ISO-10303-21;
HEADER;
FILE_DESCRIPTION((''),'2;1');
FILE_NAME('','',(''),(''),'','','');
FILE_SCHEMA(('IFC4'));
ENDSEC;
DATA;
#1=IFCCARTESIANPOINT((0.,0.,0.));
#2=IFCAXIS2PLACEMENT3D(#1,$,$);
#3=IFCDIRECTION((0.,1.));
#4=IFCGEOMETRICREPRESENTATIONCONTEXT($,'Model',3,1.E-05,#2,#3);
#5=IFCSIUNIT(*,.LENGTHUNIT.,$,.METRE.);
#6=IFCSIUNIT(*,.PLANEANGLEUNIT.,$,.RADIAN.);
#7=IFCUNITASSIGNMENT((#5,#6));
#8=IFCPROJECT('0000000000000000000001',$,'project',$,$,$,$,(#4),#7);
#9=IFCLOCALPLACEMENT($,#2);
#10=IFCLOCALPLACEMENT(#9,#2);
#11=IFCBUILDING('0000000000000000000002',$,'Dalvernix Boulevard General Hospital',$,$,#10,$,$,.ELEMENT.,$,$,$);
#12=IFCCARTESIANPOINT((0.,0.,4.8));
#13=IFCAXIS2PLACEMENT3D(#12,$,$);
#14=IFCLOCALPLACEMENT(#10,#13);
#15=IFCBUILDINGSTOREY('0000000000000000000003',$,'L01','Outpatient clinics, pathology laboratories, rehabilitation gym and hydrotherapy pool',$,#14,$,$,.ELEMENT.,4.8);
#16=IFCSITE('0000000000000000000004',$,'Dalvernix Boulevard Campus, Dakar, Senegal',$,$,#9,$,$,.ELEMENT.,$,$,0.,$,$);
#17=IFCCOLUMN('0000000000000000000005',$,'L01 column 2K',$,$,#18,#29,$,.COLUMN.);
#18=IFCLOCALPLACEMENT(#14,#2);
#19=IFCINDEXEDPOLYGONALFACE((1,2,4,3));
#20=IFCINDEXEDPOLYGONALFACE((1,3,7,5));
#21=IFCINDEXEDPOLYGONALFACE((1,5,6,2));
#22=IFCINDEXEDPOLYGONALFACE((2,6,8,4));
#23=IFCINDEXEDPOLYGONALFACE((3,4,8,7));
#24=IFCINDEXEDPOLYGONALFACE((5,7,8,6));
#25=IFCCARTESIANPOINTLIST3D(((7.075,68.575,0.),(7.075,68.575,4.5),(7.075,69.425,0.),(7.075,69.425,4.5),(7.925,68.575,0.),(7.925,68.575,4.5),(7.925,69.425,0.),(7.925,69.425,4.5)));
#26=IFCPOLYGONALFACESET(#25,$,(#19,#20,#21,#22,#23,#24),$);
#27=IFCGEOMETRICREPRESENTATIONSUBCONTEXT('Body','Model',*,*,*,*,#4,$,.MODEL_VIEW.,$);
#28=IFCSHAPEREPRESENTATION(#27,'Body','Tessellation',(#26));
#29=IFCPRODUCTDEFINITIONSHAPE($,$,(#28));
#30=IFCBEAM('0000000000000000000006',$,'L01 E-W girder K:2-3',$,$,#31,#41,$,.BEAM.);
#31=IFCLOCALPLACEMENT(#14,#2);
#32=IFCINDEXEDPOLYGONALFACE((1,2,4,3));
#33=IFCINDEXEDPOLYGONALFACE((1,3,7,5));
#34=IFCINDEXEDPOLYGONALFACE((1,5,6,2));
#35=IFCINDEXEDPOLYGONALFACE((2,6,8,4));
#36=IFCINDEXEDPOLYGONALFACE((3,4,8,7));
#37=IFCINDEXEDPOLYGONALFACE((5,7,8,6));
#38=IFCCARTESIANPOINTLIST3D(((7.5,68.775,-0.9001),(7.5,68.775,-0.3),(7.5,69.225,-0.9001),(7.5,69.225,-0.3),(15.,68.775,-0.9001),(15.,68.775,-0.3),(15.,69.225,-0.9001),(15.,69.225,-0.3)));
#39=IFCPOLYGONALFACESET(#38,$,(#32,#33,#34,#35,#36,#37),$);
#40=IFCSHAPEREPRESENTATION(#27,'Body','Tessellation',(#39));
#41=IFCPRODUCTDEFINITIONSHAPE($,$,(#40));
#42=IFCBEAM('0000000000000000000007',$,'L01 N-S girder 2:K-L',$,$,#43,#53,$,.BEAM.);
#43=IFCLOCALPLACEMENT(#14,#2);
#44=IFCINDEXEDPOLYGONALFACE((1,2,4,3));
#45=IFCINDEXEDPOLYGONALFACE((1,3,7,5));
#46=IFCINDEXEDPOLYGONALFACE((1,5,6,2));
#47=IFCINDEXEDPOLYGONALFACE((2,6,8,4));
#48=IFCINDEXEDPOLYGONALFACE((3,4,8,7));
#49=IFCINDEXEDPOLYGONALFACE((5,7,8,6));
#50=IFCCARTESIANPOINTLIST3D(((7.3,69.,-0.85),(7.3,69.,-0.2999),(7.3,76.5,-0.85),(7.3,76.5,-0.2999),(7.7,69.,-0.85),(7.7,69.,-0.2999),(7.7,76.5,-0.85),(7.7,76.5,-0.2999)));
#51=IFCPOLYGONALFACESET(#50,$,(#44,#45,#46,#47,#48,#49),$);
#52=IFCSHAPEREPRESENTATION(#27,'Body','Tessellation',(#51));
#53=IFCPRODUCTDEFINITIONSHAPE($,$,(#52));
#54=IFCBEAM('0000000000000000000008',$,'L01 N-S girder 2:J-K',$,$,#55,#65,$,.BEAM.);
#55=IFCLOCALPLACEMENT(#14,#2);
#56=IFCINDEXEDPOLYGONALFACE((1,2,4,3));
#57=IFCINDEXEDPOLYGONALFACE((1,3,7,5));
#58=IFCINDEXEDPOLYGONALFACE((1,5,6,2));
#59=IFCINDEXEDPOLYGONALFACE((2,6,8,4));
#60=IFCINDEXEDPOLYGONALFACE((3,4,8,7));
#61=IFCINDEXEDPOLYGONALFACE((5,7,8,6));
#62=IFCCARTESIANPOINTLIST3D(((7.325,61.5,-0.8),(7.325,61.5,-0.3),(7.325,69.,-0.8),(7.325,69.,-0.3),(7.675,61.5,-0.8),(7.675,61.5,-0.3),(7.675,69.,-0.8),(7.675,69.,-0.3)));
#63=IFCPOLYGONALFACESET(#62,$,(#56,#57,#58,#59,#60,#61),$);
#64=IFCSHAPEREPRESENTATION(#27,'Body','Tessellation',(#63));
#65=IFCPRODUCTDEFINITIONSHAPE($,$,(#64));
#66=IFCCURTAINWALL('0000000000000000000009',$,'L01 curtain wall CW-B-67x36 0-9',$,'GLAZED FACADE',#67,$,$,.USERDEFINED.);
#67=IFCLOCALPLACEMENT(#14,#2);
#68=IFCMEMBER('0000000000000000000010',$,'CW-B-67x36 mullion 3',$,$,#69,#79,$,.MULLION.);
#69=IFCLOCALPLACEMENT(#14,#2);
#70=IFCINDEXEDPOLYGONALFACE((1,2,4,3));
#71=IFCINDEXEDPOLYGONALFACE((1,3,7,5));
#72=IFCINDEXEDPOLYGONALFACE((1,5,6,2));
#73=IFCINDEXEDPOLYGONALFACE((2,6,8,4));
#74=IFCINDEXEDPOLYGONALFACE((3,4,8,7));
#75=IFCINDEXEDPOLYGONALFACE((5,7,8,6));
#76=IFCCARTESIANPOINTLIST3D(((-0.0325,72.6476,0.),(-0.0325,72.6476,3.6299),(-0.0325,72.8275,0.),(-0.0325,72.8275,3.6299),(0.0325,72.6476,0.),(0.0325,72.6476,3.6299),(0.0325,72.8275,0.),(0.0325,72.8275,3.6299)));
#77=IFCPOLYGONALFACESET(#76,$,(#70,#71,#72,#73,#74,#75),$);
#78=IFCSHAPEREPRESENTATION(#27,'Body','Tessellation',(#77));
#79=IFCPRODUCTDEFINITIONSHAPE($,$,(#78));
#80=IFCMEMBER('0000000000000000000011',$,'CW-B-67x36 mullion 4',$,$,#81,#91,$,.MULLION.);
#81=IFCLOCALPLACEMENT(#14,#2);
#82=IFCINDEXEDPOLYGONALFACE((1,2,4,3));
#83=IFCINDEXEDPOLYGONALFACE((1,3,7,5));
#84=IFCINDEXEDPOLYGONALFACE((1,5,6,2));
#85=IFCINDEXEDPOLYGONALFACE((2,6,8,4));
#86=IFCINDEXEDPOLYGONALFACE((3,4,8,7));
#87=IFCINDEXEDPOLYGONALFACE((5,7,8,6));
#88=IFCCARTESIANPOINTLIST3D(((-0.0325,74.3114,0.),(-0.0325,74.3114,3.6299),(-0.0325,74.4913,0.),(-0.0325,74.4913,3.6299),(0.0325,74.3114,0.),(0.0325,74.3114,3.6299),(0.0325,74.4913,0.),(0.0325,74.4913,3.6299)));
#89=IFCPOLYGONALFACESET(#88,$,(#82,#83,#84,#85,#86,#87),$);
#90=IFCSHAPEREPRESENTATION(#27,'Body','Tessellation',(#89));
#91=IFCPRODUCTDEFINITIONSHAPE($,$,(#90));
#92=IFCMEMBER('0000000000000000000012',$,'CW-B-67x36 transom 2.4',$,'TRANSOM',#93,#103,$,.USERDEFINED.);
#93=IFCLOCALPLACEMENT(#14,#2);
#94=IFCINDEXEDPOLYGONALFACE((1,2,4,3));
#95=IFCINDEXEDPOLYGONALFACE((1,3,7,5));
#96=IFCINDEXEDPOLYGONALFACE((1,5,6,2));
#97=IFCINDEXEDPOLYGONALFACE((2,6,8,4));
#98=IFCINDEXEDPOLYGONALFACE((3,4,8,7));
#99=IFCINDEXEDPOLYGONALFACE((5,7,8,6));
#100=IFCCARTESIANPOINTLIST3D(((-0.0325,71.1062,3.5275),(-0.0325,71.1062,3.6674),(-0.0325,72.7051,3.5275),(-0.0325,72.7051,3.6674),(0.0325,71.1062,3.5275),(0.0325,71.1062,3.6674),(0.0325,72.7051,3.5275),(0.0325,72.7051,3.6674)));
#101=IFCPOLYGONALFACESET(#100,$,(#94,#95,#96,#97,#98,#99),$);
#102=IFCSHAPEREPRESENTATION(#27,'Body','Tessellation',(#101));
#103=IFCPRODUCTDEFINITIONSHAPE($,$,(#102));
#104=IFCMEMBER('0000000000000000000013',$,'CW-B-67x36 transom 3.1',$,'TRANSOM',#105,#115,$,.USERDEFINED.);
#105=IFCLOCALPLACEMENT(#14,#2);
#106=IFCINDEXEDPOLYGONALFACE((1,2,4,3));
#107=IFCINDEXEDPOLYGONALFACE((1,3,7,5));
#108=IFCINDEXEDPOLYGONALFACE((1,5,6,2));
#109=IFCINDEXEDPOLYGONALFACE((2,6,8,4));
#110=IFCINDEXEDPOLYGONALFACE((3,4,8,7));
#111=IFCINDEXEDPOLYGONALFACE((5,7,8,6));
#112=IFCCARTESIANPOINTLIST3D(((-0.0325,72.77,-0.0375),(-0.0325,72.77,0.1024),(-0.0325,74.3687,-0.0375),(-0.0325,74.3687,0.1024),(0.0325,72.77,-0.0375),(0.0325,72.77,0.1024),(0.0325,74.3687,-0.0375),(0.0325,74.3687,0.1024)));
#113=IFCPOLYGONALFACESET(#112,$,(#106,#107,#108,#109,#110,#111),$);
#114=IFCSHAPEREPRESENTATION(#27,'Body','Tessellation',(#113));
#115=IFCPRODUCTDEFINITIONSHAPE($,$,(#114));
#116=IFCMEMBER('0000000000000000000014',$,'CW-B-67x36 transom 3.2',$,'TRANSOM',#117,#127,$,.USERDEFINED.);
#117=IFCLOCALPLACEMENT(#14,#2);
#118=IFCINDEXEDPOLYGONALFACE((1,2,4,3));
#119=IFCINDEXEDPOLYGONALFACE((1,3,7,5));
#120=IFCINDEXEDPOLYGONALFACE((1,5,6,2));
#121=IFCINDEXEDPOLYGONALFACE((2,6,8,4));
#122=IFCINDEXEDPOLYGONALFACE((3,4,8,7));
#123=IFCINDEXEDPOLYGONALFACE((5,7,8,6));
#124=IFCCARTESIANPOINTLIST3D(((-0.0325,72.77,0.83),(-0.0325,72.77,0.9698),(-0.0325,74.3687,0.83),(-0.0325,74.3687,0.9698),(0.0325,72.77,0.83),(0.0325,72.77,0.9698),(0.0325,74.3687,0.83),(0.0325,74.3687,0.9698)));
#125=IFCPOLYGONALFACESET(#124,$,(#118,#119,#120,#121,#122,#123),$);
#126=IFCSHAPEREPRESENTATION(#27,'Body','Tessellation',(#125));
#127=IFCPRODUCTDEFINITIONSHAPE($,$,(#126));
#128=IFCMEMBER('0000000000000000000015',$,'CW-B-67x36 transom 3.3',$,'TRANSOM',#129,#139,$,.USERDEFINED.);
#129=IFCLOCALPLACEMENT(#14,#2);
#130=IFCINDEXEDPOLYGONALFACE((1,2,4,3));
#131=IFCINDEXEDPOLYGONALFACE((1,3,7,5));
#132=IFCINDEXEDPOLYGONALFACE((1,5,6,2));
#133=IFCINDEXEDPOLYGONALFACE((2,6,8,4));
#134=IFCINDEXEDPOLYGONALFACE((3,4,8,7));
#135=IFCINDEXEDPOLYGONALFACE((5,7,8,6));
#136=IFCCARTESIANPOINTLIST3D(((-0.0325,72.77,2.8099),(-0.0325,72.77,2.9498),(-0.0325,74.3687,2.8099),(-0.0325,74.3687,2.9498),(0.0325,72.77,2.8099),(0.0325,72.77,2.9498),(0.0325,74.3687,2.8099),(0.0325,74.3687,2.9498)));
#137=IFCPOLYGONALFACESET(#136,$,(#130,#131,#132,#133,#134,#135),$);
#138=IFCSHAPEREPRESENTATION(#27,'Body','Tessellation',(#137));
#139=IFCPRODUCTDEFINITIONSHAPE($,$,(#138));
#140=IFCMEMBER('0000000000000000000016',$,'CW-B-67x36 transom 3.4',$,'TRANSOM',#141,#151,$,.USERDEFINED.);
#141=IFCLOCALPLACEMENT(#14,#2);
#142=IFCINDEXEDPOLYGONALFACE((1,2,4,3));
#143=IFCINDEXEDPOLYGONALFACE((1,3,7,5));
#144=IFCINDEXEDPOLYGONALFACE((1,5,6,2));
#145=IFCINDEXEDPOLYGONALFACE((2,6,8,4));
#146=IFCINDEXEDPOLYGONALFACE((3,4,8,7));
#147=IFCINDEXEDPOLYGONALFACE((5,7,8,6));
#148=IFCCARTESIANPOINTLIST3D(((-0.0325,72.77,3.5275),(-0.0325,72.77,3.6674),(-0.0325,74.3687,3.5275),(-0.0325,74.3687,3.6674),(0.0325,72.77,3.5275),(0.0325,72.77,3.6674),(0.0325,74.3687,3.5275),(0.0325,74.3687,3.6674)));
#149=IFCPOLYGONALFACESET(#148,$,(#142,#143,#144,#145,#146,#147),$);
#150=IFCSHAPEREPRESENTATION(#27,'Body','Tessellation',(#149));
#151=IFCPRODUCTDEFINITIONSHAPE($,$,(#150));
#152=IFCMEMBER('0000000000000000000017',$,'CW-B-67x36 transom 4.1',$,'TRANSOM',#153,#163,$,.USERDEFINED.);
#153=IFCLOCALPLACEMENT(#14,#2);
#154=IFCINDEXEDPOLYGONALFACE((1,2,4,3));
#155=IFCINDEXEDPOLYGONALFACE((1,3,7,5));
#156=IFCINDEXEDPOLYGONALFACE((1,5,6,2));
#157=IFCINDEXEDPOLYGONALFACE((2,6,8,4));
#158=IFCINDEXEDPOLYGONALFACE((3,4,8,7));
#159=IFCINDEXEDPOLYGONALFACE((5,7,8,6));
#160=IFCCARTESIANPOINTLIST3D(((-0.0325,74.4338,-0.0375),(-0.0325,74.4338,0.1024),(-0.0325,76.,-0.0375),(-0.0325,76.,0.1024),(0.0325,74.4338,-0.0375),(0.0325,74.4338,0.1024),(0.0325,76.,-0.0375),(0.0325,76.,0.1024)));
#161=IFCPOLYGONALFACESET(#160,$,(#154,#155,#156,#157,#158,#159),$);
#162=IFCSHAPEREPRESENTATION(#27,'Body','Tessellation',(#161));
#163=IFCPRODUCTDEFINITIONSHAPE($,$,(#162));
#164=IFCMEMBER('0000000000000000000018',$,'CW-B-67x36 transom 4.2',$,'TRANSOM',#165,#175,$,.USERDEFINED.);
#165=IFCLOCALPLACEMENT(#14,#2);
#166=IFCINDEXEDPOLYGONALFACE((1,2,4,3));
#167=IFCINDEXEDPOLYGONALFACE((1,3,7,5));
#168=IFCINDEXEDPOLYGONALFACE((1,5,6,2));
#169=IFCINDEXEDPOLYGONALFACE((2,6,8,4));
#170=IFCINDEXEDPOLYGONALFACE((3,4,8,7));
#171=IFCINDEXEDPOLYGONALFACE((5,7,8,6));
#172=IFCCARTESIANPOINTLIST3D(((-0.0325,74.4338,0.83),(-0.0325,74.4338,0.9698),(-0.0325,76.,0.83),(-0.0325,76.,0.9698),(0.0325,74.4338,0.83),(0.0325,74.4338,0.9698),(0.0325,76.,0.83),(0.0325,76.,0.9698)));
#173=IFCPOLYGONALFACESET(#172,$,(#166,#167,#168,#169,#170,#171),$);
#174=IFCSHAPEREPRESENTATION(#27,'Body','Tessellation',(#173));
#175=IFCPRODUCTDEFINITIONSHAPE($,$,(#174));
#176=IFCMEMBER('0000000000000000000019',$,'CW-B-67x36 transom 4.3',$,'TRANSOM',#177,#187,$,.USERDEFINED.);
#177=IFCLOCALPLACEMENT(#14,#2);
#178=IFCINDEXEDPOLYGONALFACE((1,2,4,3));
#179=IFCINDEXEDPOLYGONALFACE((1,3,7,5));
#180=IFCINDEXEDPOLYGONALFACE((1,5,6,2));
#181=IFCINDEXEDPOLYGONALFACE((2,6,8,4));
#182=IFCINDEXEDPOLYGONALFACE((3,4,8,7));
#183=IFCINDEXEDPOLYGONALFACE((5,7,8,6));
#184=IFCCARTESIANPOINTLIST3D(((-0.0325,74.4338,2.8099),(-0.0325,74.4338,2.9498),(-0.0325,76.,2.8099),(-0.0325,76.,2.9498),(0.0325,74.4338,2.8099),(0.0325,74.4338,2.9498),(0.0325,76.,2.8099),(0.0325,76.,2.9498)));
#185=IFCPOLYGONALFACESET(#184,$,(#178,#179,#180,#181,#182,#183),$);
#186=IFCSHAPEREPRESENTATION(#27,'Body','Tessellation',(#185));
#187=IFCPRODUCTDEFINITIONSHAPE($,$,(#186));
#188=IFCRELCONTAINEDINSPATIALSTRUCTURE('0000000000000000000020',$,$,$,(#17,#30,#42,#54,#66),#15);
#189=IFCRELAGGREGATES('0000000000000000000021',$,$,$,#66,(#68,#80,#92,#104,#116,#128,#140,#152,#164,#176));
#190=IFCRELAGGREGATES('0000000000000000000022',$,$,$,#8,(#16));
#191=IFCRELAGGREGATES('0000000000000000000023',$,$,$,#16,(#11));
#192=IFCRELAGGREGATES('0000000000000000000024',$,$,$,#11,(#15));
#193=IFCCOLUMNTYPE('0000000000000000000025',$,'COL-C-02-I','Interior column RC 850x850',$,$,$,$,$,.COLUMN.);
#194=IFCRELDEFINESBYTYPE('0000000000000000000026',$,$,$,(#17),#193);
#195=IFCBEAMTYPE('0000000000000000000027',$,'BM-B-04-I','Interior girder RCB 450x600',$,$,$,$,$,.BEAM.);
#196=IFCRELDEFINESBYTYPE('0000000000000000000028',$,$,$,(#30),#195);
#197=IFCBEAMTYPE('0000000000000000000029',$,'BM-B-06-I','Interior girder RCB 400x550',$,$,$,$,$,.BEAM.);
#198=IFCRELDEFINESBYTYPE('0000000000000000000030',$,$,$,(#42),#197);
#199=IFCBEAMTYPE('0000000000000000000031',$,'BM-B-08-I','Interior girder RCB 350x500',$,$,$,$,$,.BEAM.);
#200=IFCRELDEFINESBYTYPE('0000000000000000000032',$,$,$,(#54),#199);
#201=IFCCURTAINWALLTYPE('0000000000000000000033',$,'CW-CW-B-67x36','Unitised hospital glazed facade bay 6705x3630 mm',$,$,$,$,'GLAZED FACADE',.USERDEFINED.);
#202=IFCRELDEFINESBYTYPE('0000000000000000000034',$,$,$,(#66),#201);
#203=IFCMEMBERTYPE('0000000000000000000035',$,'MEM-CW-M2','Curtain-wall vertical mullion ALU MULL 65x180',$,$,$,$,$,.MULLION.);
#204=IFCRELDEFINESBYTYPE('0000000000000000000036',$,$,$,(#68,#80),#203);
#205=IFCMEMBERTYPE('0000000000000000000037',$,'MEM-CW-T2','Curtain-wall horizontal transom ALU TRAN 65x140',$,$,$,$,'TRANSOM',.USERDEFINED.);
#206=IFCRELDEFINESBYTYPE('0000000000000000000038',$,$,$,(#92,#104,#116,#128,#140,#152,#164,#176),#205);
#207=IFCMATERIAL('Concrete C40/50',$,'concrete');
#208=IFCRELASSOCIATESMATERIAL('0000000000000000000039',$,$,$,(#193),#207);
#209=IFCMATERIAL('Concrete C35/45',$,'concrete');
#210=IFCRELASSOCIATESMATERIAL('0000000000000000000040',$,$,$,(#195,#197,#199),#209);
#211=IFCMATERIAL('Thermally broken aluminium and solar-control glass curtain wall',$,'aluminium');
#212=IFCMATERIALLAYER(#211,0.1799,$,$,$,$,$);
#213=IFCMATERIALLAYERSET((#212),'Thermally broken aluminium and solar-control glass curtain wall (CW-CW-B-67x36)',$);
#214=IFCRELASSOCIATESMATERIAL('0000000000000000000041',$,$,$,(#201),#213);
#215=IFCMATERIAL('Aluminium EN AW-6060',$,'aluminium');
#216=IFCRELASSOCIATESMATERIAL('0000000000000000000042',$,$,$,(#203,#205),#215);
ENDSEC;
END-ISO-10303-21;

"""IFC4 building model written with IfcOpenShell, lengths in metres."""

from ifc_helpers import new_model, si_unit, direction, frame, origin, origin_2d, place, context, subcontext, project, spatial, rectangle, extrude, material, layer, layer_set, material_profile, profile_set, type_object, element, aggregate, save


model = new_model("IFC4")

# Units and contexts
model_context = context("Model", 3, precision=1e-05, world=origin(), true_north=direction((0.0, 1.0)))
body_context = subcontext(model_context, "Body", "Model", "MODEL_VIEW")
ifc_project = project(units=[si_unit("LENGTHUNIT", "METRE"), si_unit("PLANEANGLEUNIT", "RADIAN")], contexts=[model_context])

# Site, building, storey
site_placement = place(None, origin())
site = spatial("IfcSite", under=ifc_project, at=site_placement, Name="Dalvernix Boulevard Campus, Dakar, Senegal", CompositionType="ELEMENT", RefElevation=0.0)
building_placement = place(site_placement, origin())
building = spatial("IfcBuilding", under=site, at=building_placement, Name="Dalvernix Boulevard General Hospital", CompositionType="ELEMENT")
storey_placement = place(building_placement, frame((0.0, 0.0, 4.8)))
storey = spatial("IfcBuildingStorey", under=building, at=storey_placement, Name="L01", Description="Outpatient clinics, pathology laboratories, rehabilitation gym and hydrotherapy pool", CompositionType="ELEMENT", Elevation=4.8)

# Column
ifc_material_1 = material(Name="Concrete C40/50", Category="concrete")
ifc_material_profile_1 = material_profile(ifc_material_1, rectangle(XDim=0.8501, YDim=0.8501, at=origin_2d()), Name="RC 850x850")
ifc_profile_set_1 = profile_set([ifc_material_profile_1], Name="Concrete C40/50")
column_type = type_object("IfcColumnType", Name="COL-C-02-I", Description="Interior column RC 850x850", PredefinedType="COLUMN", material=ifc_profile_set_1)
column_placement = place(storey_placement, frame((7.5, 69.0, 0.0), z_axis=(0.0, 0.0, 1.0), x_axis=(1.0, 0.0, 0.0)))
element("IfcColumn", 1, at=column_placement, inside=storey, type_object=column_type, Name="L01 column 2K", PredefinedType="COLUMN", context=body_context, shape_type="SweptSolid", body=[
    extrude(rectangle(XDim=0.8501, YDim=0.8501, at=origin_2d()), origin(), (0.0, 0.0, 1.0), 4.5),
])

# Beams
ifc_material_2 = material(Name="Concrete C35/45", Category="concrete")
ifc_material_profile_2 = material_profile(ifc_material_2, rectangle(XDim=0.45, YDim=0.6001, at=origin_2d()), Name="RCB 450x600")
ifc_profile_set_2 = profile_set([ifc_material_profile_2], Name="Concrete C35/45")
beam_type_1 = type_object("IfcBeamType", Name="BM-B-04-I", Description="Interior girder RCB 450x600", PredefinedType="BEAM", material=ifc_profile_set_2)
beam_1_placement = place(storey_placement, frame((7.5, 69.0, -0.6001), z_axis=(1.0, 0.0, 0.0), x_axis=(0.0, 1.0, 0.0)))
element("IfcBeam", 2, at=beam_1_placement, inside=storey, type_object=beam_type_1, Name="L01 E-W girder K:2-3", PredefinedType="BEAM", context=body_context, shape_type="SweptSolid", body=[
    extrude(rectangle(XDim=0.45, YDim=0.6001, at=origin_2d()), origin(), (0.0, 0.0, 1.0), 7.5),
])
ifc_material_profile_3 = material_profile(ifc_material_2, rectangle(XDim=0.3999, YDim=0.55, at=origin_2d()), Name="RCB 400x550")
ifc_profile_set_3 = profile_set([ifc_material_profile_3], Name="Concrete C35/45")
beam_type_2 = type_object("IfcBeamType", Name="BM-B-06-I", Description="Interior girder RCB 400x550", PredefinedType="BEAM", material=ifc_profile_set_3)
beam_2_placement = place(storey_placement, frame((7.5, 69.0, -0.575), z_axis=(0.0, 1.0, 0.0), x_axis=(-1.0, 0.0, 0.0)))
element("IfcBeam", 3, at=beam_2_placement, inside=storey, type_object=beam_type_2, Name="L01 N-S girder 2:K-L", PredefinedType="BEAM", context=body_context, shape_type="SweptSolid", body=[
    extrude(rectangle(XDim=0.3999, YDim=0.55, at=origin_2d()), origin(), (0.0, 0.0, 1.0), 7.5),
])
ifc_material_profile_4 = material_profile(ifc_material_2, rectangle(XDim=0.3501, YDim=0.5, at=origin_2d()), Name="RCB 350x500")
ifc_profile_set_4 = profile_set([ifc_material_profile_4], Name="Concrete C35/45")
beam_type_3 = type_object("IfcBeamType", Name="BM-B-08-I", Description="Interior girder RCB 350x500", PredefinedType="BEAM", material=ifc_profile_set_4)
beam_3_placement = place(storey_placement, frame((7.5, 61.5, -0.55), z_axis=(0.0, 1.0, 0.0), x_axis=(-1.0, 0.0, 0.0)))
element("IfcBeam", 4, at=beam_3_placement, inside=storey, type_object=beam_type_3, Name="L01 N-S girder 2:J-K", PredefinedType="BEAM", context=body_context, shape_type="SweptSolid", body=[
    extrude(rectangle(XDim=0.3501, YDim=0.5, at=origin_2d()), origin(), (0.0, 0.0, 1.0), 7.5),
])

# Curtain wall, members
ifc_material_3 = material(Name="Thermally broken aluminium and solar-control glass curtain wall", Category="aluminium")
ifc_layer_1 = layer(ifc_material_3, 0.1799)
ifc_layer_set_1 = layer_set([ifc_layer_1], Name="Thermally broken aluminium and solar-control glass curtain wall (CW-CW-B-67x36)")
curtain_wall_type = type_object("IfcCurtainWallType", Name="CW-CW-B-67x36", Description="Unitised hospital glazed facade bay 6705x3630 mm", ElementType="GLAZED FACADE", PredefinedType="USERDEFINED", material=ifc_layer_set_1)
curtain_wall_placement = place(storey_placement, origin())
curtain_wall = element("IfcCurtainWall", 5, at=curtain_wall_placement, inside=storey, type_object=curtain_wall_type, Name="L01 curtain wall CW-B-67x36 0-9", ObjectType="GLAZED FACADE", PredefinedType="USERDEFINED")
ifc_material_4 = material(Name="Aluminium EN AW-6060", Category="aluminium")
ifc_material_profile_5 = material_profile(ifc_material_4, rectangle(XDim=0.0649, YDim=0.1799, at=origin_2d()), Name="ALU MULL 65x180")
ifc_profile_set_5 = profile_set([ifc_material_profile_5], Name="Aluminium EN AW-6060")
member_type_1 = type_object("IfcMemberType", Name="MEM-CW-M2", Description="Curtain-wall vertical mullion ALU MULL 65x180", PredefinedType="MULLION", material=ifc_profile_set_5)
member_1_placement = place(storey_placement, frame((0.0, 72.7375, 0.0), z_axis=(0.0, 0.0, 1.0), x_axis=(-1.0, 0.0, 0.0)))
member_1 = element("IfcMember", 6, at=member_1_placement, type_object=member_type_1, Name="CW-B-67x36 mullion 3", PredefinedType="MULLION", context=body_context, shape_type="SweptSolid", body=[
    extrude(rectangle(XDim=0.0649, YDim=0.1799, at=origin_2d()), origin(), (0.0, 0.0, 1.0), 3.6299),
])
member_2_placement = place(storey_placement, frame((0.0, 74.4014, 0.0), z_axis=(0.0, 0.0, 1.0), x_axis=(-1.0, 0.0, 0.0)))
member_2 = element("IfcMember", 7, at=member_2_placement, type_object=member_type_1, Name="CW-B-67x36 mullion 4", PredefinedType="MULLION", context=body_context, shape_type="SweptSolid", body=[
    extrude(rectangle(XDim=0.0649, YDim=0.1799, at=origin_2d()), origin(), (0.0, 0.0, 1.0), 3.6299),
])
ifc_material_profile_6 = material_profile(ifc_material_4, rectangle(XDim=0.0649, YDim=0.1399, at=origin_2d()), Name="ALU TRAN 65x140")
ifc_profile_set_6 = profile_set([ifc_material_profile_6], Name="Aluminium EN AW-6060")
member_type_2 = type_object("IfcMemberType", Name="MEM-CW-T2", Description="Curtain-wall horizontal transom ALU TRAN 65x140", ElementType="TRANSOM", PredefinedType="USERDEFINED", material=ifc_profile_set_6)
member_3_placement = place(storey_placement, frame((0.0, 71.1062, 3.5974), z_axis=(0.0, 1.0, 0.0), x_axis=(-1.0, 0.0, 0.0)))
member_3 = element("IfcMember", 8, at=member_3_placement, type_object=member_type_2, Name="CW-B-67x36 transom 2.4", ObjectType="TRANSOM", PredefinedType="USERDEFINED", context=body_context, shape_type="SweptSolid", body=[
    extrude(rectangle(XDim=0.0649, YDim=0.1399, at=origin_2d()), origin(), (0.0, 0.0, 1.0), 1.5989),
])
member_4_placement = place(storey_placement, frame((0.0, 72.77, 0.0325), z_axis=(0.0, 1.0, 0.0), x_axis=(-1.0, 0.0, 0.0)))
member_4 = element("IfcMember", 9, at=member_4_placement, type_object=member_type_2, Name="CW-B-67x36 transom 3.1", ObjectType="TRANSOM", PredefinedType="USERDEFINED", context=body_context, shape_type="SweptSolid", body=[
    extrude(rectangle(XDim=0.0649, YDim=0.1399, at=origin_2d()), origin(), (0.0, 0.0, 1.0), 1.5986),
])
member_5_placement = place(storey_placement, frame((0.0, 72.77, 0.8999), z_axis=(0.0, 1.0, 0.0), x_axis=(-1.0, 0.0, 0.0)))
member_5 = element("IfcMember", 10, at=member_5_placement, type_object=member_type_2, Name="CW-B-67x36 transom 3.2", ObjectType="TRANSOM", PredefinedType="USERDEFINED", context=body_context, shape_type="SweptSolid", body=[
    extrude(rectangle(XDim=0.0649, YDim=0.1399, at=origin_2d()), origin(), (0.0, 0.0, 1.0), 1.5986),
])
member_6_placement = place(storey_placement, frame((0.0, 72.77, 2.8799), z_axis=(0.0, 1.0, 0.0), x_axis=(-1.0, 0.0, 0.0)))
member_6 = element("IfcMember", 11, at=member_6_placement, type_object=member_type_2, Name="CW-B-67x36 transom 3.3", ObjectType="TRANSOM", PredefinedType="USERDEFINED", context=body_context, shape_type="SweptSolid", body=[
    extrude(rectangle(XDim=0.0649, YDim=0.1399, at=origin_2d()), origin(), (0.0, 0.0, 1.0), 1.5986),
])
member_7_placement = place(storey_placement, frame((0.0, 72.77, 3.5974), z_axis=(0.0, 1.0, 0.0), x_axis=(-1.0, 0.0, 0.0)))
member_7 = element("IfcMember", 12, at=member_7_placement, type_object=member_type_2, Name="CW-B-67x36 transom 3.4", ObjectType="TRANSOM", PredefinedType="USERDEFINED", context=body_context, shape_type="SweptSolid", body=[
    extrude(rectangle(XDim=0.0649, YDim=0.1399, at=origin_2d()), origin(), (0.0, 0.0, 1.0), 1.5986),
])
member_8_placement = place(storey_placement, frame((0.0, 74.4338, 0.0325), z_axis=(0.0, 1.0, 0.0), x_axis=(-1.0, 0.0, 0.0)))
member_8 = element("IfcMember", 13, at=member_8_placement, type_object=member_type_2, Name="CW-B-67x36 transom 4.1", ObjectType="TRANSOM", PredefinedType="USERDEFINED", context=body_context, shape_type="SweptSolid", body=[
    extrude(rectangle(XDim=0.0649, YDim=0.1399, at=origin_2d()), origin(), (0.0, 0.0, 1.0), 1.5662),
])
member_9_placement = place(storey_placement, frame((0.0, 74.4338, 0.8999), z_axis=(0.0, 1.0, 0.0), x_axis=(-1.0, 0.0, 0.0)))
member_9 = element("IfcMember", 14, at=member_9_placement, type_object=member_type_2, Name="CW-B-67x36 transom 4.2", ObjectType="TRANSOM", PredefinedType="USERDEFINED", context=body_context, shape_type="SweptSolid", body=[
    extrude(rectangle(XDim=0.0649, YDim=0.1399, at=origin_2d()), origin(), (0.0, 0.0, 1.0), 1.5662),
])
member_10_placement = place(storey_placement, frame((0.0, 74.4338, 2.8799), z_axis=(0.0, 1.0, 0.0), x_axis=(-1.0, 0.0, 0.0)))
member_10 = element("IfcMember", 15, at=member_10_placement, type_object=member_type_2, Name="CW-B-67x36 transom 4.3", ObjectType="TRANSOM", PredefinedType="USERDEFINED", context=body_context, shape_type="SweptSolid", body=[
    extrude(rectangle(XDim=0.0649, YDim=0.1399, at=origin_2d()), origin(), (0.0, 0.0, 1.0), 1.5662),
])
aggregate(curtain_wall, [member_1, member_2, member_3, member_4, member_5, member_6, member_7, member_8, member_9, member_10])

save(model, "model.ifc")
